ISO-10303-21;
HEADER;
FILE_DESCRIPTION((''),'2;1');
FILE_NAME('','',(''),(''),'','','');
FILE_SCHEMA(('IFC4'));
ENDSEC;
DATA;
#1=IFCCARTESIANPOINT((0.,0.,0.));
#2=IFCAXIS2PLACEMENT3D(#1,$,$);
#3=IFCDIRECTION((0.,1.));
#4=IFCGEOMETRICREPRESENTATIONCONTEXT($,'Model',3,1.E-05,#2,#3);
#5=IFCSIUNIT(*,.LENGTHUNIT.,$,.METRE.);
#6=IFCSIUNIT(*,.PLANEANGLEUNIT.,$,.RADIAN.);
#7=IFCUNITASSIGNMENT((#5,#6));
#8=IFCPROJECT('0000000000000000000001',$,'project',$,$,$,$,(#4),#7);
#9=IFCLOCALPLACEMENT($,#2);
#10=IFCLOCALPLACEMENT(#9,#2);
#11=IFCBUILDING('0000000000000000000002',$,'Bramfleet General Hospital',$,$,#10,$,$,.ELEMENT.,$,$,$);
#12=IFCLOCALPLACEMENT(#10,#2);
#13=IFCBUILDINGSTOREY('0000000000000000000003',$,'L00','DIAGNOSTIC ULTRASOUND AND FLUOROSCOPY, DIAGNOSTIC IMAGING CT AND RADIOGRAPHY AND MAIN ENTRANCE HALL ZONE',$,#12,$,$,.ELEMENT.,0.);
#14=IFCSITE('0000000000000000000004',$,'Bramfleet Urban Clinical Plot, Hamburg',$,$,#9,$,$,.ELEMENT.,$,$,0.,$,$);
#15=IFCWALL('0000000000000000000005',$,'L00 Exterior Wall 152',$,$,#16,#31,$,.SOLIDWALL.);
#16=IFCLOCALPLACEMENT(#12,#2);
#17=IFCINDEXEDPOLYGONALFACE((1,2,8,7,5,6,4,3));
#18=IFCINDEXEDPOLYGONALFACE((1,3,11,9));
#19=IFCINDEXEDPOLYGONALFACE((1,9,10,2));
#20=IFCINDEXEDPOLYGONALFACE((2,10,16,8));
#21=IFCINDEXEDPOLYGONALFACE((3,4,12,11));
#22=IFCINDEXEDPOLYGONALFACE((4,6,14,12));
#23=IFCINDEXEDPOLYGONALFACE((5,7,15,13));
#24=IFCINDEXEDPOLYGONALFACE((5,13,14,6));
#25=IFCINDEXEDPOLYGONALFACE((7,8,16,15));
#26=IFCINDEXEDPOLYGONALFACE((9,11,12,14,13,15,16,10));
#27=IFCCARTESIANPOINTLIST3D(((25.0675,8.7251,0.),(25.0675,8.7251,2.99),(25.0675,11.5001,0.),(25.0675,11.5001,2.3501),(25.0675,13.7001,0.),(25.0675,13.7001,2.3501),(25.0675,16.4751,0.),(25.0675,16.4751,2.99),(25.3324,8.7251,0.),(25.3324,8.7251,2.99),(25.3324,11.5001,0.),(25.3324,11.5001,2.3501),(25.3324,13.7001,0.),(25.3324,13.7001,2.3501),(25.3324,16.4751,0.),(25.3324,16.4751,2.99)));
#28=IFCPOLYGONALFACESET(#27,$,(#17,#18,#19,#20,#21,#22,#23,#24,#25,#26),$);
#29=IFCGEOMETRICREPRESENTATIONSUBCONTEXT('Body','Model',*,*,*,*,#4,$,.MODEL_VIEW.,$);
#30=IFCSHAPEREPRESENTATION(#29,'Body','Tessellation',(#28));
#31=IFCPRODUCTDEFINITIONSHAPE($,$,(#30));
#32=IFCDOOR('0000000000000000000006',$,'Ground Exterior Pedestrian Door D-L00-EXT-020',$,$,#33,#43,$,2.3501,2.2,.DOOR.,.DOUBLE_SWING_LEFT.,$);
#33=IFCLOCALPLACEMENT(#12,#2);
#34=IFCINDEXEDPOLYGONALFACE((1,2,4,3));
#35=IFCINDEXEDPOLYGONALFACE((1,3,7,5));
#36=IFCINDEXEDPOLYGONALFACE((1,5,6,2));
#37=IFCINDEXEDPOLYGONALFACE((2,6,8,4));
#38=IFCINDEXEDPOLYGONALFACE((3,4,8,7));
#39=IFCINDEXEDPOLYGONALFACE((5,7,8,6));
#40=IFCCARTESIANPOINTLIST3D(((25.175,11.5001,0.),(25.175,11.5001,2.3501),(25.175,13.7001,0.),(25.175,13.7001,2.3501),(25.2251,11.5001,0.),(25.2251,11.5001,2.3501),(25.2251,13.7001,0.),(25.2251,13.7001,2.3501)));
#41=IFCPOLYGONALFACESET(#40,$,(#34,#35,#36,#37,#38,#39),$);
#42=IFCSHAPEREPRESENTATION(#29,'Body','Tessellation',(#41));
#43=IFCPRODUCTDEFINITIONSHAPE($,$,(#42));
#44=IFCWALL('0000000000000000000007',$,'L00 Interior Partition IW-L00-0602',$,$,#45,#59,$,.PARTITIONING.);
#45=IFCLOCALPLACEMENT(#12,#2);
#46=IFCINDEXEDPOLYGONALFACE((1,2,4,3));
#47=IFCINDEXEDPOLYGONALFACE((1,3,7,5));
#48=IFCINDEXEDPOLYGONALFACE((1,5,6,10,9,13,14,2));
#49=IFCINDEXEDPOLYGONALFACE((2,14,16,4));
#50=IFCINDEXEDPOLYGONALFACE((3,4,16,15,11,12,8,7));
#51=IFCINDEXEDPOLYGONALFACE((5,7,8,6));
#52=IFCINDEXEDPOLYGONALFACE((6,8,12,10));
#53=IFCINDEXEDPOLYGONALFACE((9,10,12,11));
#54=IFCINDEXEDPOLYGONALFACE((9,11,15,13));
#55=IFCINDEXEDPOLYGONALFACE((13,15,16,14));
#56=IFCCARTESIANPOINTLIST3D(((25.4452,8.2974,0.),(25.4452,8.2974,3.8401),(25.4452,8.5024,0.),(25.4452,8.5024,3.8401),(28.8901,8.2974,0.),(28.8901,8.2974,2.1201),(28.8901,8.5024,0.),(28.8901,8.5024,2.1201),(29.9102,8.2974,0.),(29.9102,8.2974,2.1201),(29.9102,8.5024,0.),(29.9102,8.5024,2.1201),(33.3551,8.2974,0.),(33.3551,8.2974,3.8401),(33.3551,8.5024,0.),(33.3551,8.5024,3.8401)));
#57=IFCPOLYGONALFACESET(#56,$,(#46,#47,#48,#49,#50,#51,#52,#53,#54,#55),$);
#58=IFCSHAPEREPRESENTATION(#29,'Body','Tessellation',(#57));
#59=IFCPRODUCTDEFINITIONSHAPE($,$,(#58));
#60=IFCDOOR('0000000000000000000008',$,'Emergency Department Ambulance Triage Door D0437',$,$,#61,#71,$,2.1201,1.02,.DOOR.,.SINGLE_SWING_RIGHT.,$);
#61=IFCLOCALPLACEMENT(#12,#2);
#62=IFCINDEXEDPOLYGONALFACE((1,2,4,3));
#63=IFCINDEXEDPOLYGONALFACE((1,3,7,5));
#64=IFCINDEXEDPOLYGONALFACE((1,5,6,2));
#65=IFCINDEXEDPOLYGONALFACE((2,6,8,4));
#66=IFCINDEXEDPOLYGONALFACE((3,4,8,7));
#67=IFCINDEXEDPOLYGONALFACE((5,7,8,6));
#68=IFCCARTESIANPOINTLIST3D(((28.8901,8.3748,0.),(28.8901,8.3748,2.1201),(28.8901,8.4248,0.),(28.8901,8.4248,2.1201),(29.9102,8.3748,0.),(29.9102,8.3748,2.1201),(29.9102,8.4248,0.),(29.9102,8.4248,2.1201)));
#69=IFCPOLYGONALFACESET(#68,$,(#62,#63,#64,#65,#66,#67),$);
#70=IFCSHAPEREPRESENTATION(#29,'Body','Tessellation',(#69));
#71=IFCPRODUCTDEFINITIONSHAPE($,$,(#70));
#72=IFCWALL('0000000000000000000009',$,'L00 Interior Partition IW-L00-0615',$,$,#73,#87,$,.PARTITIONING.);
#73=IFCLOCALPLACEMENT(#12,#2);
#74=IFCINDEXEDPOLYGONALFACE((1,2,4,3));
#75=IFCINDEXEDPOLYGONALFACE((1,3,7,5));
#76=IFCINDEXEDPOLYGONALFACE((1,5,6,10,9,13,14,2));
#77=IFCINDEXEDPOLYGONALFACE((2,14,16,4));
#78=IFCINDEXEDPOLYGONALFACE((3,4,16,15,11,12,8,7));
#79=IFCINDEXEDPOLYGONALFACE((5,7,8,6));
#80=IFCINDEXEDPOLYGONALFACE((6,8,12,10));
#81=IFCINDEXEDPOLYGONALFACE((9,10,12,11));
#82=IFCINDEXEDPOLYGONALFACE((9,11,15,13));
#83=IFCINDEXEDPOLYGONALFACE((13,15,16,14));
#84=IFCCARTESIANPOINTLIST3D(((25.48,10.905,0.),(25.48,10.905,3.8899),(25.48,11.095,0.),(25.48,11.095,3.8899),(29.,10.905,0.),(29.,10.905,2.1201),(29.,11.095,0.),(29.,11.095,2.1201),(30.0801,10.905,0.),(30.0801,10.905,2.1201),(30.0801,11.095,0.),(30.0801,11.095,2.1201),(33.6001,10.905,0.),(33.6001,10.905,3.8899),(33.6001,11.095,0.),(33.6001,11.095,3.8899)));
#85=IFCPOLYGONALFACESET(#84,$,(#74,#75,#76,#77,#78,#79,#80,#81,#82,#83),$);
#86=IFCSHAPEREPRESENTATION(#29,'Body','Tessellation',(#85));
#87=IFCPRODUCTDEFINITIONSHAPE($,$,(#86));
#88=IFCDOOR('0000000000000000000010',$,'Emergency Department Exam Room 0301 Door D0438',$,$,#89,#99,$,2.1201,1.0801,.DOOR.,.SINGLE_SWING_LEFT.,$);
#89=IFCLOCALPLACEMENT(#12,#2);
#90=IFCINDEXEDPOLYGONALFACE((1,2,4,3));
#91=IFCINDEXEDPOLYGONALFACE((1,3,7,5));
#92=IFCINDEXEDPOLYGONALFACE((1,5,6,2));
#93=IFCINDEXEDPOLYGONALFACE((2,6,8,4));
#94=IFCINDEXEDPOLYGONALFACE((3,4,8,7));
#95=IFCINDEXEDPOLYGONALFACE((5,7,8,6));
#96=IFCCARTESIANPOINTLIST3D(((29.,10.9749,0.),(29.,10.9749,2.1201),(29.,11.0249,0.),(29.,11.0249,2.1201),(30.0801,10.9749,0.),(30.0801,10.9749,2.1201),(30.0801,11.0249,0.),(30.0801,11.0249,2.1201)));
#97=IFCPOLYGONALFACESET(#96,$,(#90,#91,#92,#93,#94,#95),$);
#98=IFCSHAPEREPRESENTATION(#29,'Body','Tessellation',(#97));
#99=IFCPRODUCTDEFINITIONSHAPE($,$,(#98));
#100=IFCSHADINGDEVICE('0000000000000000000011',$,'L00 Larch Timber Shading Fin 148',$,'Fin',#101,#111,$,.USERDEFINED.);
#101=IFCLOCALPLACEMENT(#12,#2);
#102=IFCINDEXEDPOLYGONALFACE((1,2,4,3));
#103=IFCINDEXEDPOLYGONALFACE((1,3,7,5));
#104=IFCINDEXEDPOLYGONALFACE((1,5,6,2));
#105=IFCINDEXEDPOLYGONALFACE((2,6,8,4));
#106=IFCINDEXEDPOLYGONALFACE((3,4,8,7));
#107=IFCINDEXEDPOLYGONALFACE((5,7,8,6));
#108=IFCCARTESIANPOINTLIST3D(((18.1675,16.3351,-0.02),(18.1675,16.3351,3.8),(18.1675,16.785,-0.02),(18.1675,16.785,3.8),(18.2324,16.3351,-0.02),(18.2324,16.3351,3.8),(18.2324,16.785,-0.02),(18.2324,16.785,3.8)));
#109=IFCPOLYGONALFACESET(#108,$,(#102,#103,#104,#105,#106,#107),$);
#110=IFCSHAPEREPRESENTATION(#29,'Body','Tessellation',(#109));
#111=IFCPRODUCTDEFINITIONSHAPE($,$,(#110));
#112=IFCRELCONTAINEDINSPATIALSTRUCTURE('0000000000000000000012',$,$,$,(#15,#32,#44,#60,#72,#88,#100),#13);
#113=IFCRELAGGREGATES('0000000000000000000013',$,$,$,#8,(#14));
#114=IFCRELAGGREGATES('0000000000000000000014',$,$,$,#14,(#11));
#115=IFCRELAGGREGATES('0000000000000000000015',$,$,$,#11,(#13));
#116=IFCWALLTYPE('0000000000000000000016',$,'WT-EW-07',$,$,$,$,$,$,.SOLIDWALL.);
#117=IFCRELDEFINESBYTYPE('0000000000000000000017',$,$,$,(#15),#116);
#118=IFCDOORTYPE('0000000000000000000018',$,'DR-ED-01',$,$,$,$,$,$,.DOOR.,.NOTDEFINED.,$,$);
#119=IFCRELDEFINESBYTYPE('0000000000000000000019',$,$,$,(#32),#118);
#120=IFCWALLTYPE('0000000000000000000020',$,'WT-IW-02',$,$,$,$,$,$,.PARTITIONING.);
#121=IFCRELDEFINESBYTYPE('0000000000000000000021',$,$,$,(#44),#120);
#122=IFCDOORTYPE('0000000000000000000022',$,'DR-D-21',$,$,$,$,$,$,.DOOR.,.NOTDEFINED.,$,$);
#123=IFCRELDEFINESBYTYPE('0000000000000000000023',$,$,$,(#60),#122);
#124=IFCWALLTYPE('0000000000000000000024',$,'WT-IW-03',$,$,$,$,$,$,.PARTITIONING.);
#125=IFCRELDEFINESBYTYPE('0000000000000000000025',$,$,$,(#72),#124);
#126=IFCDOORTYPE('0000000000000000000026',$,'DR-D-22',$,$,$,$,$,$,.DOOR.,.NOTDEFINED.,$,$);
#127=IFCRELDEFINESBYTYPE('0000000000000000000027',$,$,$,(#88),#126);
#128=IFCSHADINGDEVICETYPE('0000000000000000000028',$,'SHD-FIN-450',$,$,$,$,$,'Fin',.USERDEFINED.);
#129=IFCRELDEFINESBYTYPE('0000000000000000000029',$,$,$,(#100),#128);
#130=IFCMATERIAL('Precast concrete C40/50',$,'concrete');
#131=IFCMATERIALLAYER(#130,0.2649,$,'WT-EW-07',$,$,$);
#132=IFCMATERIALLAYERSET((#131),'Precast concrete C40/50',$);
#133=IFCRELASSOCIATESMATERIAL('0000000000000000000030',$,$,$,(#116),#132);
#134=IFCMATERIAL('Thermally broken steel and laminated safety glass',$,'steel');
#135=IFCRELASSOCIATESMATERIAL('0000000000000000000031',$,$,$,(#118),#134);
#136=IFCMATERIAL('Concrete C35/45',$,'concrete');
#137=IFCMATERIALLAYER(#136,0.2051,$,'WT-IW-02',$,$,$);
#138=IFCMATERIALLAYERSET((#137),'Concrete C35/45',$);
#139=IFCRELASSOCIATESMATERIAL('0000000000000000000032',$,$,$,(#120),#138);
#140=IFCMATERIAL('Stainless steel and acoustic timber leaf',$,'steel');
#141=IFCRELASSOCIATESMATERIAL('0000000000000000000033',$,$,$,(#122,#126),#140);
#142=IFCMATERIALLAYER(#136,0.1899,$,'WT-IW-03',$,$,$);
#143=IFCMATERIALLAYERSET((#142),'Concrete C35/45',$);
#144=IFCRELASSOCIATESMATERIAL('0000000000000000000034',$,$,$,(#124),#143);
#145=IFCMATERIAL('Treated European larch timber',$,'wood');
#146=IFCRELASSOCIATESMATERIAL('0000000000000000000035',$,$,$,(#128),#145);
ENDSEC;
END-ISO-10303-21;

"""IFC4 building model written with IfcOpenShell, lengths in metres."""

from ifc_helpers import new_model, si_unit, direction, frame, frame_2d, origin, origin_2d, place, context, subcontext, project, spatial, rectangle, extrude, material, layer, layer_set, material_profile, profile_set, type_object, element, fill, save


model = new_model("IFC4")

# Units and contexts
model_context = context("Model", 3, precision=1e-05, world=origin(), true_north=direction((0.0, 1.0)))
body_context = subcontext(model_context, "Body", "Model", "MODEL_VIEW")
ifc_project = project(units=[si_unit("LENGTHUNIT", "METRE"), si_unit("PLANEANGLEUNIT", "RADIAN")], contexts=[model_context])

# Site, building, storey
site_placement = place(None, origin())
site = spatial("IfcSite", under=ifc_project, at=site_placement, Name="Bramfleet Urban Clinical Plot, Hamburg", CompositionType="ELEMENT", RefElevation=0.0)
building_placement = place(site_placement, origin())
building = spatial("IfcBuilding", under=site, at=building_placement, Name="Bramfleet General Hospital", CompositionType="ELEMENT")
storey_placement = place(building_placement, origin())
storey = spatial("IfcBuildingStorey", under=building, at=storey_placement, Name="L00", Description="DIAGNOSTIC ULTRASOUND AND FLUOROSCOPY, DIAGNOSTIC IMAGING CT AND RADIOGRAPHY AND MAIN ENTRANCE HALL ZONE", CompositionType="ELEMENT", Elevation=0.0)

# Shared definitions
ifc_material_1 = material(Name="Concrete C35/45", Category="concrete")

# Walls, openings, doors
ifc_material_2 = material(Name="Precast concrete C40/50", Category="concrete")
ifc_material_3 = material(Name="Thermally broken steel and laminated safety glass", Category="steel")
ifc_layer_1 = layer(ifc_material_2, 0.2649, Name="WT-EW-07")
ifc_layer_set_1 = layer_set([ifc_layer_1], Name="Precast concrete C40/50")
wall_type_1 = type_object("IfcWallType", Name="WT-EW-07", PredefinedType="SOLIDWALL", material=ifc_layer_set_1)
wall_1_placement = place(storey_placement, frame((25.2, 8.7251, 0.0), z_axis=(0.0, 0.0, 1.0), x_axis=(0.0, 1.0, 0.0)))
wall_1 = element("IfcWall", 1, at=wall_1_placement, inside=storey, type_object=wall_type_1, Name="L00 Exterior Wall 152", PredefinedType="SOLIDWALL", context=body_context, shape_type="SweptSolid", body=[
    extrude(rectangle(XDim=7.75, YDim=0.2649, at=frame_2d((3.875, 0.0))), origin(), (0.0, 0.0, 1.0), 2.99),
])
opening_1_placement = place(wall_1_placement, frame((2.7749, 0.0, 0.0)))
opening_1 = element("IfcOpeningElement", 2, at=opening_1_placement, cuts=wall_1, PredefinedType="OPENING", context=body_context, shape_type="SweptSolid", body=[
    extrude(rectangle(XDim=2.2, YDim=2.3501, at=frame_2d((1.1001, 1.175))), frame((0.0, 0.1423, 0.0), z_axis=(0.0, -1.0, 0.0), x_axis=(1.0, 0.0, 0.0)), (0.0, 0.0, 1.0), 0.2849),
])
door_type_1 = type_object("IfcDoorType", Name="DR-ED-01", OperationType="NOTDEFINED", PredefinedType="DOOR", material=ifc_material_3)
door_1_placement = place(opening_1_placement, origin())
door_1 = element("IfcDoor", 3, at=door_1_placement, inside=storey, type_object=door_type_1, Name="Ground Exterior Pedestrian Door D-L00-EXT-020", OperationType="DOUBLE_SWING_LEFT", OverallHeight=2.3501, OverallWidth=2.2, PredefinedType="DOOR", context=body_context, shape_type="SweptSolid", body=[
    extrude(rectangle(XDim=2.2, YDim=2.3501, at=frame_2d((1.1001, 1.175))), frame((0.0, 0.0249, 0.0), z_axis=(0.0, -1.0, 0.0), x_axis=(1.0, 0.0, 0.0)), (0.0, 0.0, 1.0), 0.05),
])
fill(opening_1, door_1)
ifc_layer_2 = layer(ifc_material_1, 0.2051, Name="WT-IW-02")
ifc_layer_set_2 = layer_set([ifc_layer_2], Name="Concrete C35/45")
wall_type_2 = type_object("IfcWallType", Name="WT-IW-02", PredefinedType="PARTITIONING", material=ifc_layer_set_2)
wall_2_placement = place(storey_placement, frame((25.4451, 8.3999, 0.0), z_axis=(0.0, 0.0, 1.0), x_axis=(1.0, 0.0, 0.0)))
wall_2 = element("IfcWall", 4, at=wall_2_placement, inside=storey, type_object=wall_type_2, Name="L00 Interior Partition IW-L00-0602", PredefinedType="PARTITIONING", context=body_context, shape_type="SweptSolid", body=[
    extrude(rectangle(XDim=7.9099, YDim=0.2051, at=frame_2d((3.9551, 0.0))), origin(), (0.0, 0.0, 1.0), 3.8401),
])
opening_2_placement = place(wall_2_placement, frame((3.4451, 0.0, 0.0)))
opening_2 = element("IfcOpeningElement", 5, at=opening_2_placement, cuts=wall_2, PredefinedType="OPENING", context=body_context, shape_type="SweptSolid", body=[
    extrude(rectangle(XDim=1.02, YDim=2.1201, at=frame_2d((0.51, 1.0601))), frame((0.0, 0.1125, 0.0), z_axis=(0.0, -1.0, 0.0), x_axis=(1.0, 0.0, 0.0)), (0.0, 0.0, 1.0), 0.2251),
])
ifc_material_4 = material(Name="Stainless steel and acoustic timber leaf", Category="steel")
door_type_2 = type_object("IfcDoorType", Name="DR-D-21", OperationType="NOTDEFINED", PredefinedType="DOOR", material=ifc_material_4)
door_2_placement = place(opening_2_placement, origin())
door_2 = element("IfcDoor", 6, at=door_2_placement, inside=storey, type_object=door_type_2, Name="Emergency Department Ambulance Triage Door D0437", OperationType="SINGLE_SWING_RIGHT", OverallHeight=2.1201, OverallWidth=1.02, PredefinedType="DOOR", context=body_context, shape_type="SweptSolid", body=[
    extrude(rectangle(XDim=1.02, YDim=2.1201, at=frame_2d((0.51, 1.0601))), frame((0.0, 0.0249, 0.0), z_axis=(0.0, -1.0, 0.0), x_axis=(1.0, 0.0, 0.0)), (0.0, 0.0, 1.0), 0.05),
])
fill(opening_2, door_2)
ifc_layer_3 = layer(ifc_material_1, 0.1899, Name="WT-IW-03")
ifc_layer_set_3 = layer_set([ifc_layer_3], Name="Concrete C35/45")
wall_type_3 = type_object("IfcWallType", Name="WT-IW-03", PredefinedType="PARTITIONING", material=ifc_layer_set_3)
wall_3_placement = place(storey_placement, frame((25.48, 11.0, 0.0), z_axis=(0.0, 0.0, 1.0), x_axis=(1.0, 0.0, 0.0)))
wall_3 = element("IfcWall", 7, at=wall_3_placement, inside=storey, type_object=wall_type_3, Name="L00 Interior Partition IW-L00-0615", PredefinedType="PARTITIONING", context=body_context, shape_type="SweptSolid", body=[
    extrude(rectangle(XDim=8.1201, YDim=0.1899, at=frame_2d((4.0601, 0.0))), origin(), (0.0, 0.0, 1.0), 3.8899),
])
opening_3_placement = place(wall_3_placement, frame((3.52, 0.0, 0.0)))
opening_3 = element("IfcOpeningElement", 8, at=opening_3_placement, cuts=wall_3, PredefinedType="OPENING", context=body_context, shape_type="SweptSolid", body=[
    extrude(rectangle(XDim=1.0801, YDim=2.1201, at=frame_2d((0.54, 1.0601))), frame((0.0, 0.105, 0.0), z_axis=(0.0, -1.0, 0.0), x_axis=(1.0, 0.0, 0.0)), (0.0, 0.0, 1.0), 0.21),
])
door_type_3 = type_object("IfcDoorType", Name="DR-D-22", OperationType="NOTDEFINED", PredefinedType="DOOR", material=ifc_material_4)
door_3_placement = place(opening_3_placement, origin())
door_3 = element("IfcDoor", 9, at=door_3_placement, inside=storey, type_object=door_type_3, Name="Emergency Department Exam Room 0301 Door D0438", OperationType="SINGLE_SWING_LEFT", OverallHeight=2.1201, OverallWidth=1.0801, PredefinedType="DOOR", context=body_context, shape_type="SweptSolid", body=[
    extrude(rectangle(XDim=1.0801, YDim=2.1201, at=frame_2d((0.54, 1.0601))), frame((0.0, 0.0249, 0.0), z_axis=(0.0, -1.0, 0.0), x_axis=(1.0, 0.0, 0.0)), (0.0, 0.0, 1.0), 0.05),
])
fill(opening_3, door_3)

# Shading device
ifc_material_5 = material(Name="Treated European larch timber", Category="wood")
ifc_material_profile_1 = material_profile(ifc_material_5, rectangle(XDim=0.0649, YDim=0.45, at=origin_2d()), Name="LARCH FIN 450x65")
ifc_profile_set_1 = profile_set([ifc_material_profile_1], Name="Treated European larch timber")
shading_device_type = type_object("IfcShadingDeviceType", Name="SHD-FIN-450", ElementType="Fin", PredefinedType="USERDEFINED", material=ifc_profile_set_1)
shading_device_placement = place(storey_placement, frame((18.2, 16.5601, -0.02), z_axis=(0.0, 0.0, 1.0), x_axis=(-1.0, 0.0, 0.0)))
element("IfcShadingDevice", 10, at=shading_device_placement, inside=storey, type_object=shading_device_type, Name="L00 Larch Timber Shading Fin 148", ObjectType="Fin", PredefinedType="USERDEFINED", context=body_context, shape_type="SweptSolid", body=[
    extrude(rectangle(XDim=0.0649, YDim=0.45, at=origin_2d()), origin(), (0.0, 0.0, 1.0), 3.8201),
])

save(model, "model.ifc")
